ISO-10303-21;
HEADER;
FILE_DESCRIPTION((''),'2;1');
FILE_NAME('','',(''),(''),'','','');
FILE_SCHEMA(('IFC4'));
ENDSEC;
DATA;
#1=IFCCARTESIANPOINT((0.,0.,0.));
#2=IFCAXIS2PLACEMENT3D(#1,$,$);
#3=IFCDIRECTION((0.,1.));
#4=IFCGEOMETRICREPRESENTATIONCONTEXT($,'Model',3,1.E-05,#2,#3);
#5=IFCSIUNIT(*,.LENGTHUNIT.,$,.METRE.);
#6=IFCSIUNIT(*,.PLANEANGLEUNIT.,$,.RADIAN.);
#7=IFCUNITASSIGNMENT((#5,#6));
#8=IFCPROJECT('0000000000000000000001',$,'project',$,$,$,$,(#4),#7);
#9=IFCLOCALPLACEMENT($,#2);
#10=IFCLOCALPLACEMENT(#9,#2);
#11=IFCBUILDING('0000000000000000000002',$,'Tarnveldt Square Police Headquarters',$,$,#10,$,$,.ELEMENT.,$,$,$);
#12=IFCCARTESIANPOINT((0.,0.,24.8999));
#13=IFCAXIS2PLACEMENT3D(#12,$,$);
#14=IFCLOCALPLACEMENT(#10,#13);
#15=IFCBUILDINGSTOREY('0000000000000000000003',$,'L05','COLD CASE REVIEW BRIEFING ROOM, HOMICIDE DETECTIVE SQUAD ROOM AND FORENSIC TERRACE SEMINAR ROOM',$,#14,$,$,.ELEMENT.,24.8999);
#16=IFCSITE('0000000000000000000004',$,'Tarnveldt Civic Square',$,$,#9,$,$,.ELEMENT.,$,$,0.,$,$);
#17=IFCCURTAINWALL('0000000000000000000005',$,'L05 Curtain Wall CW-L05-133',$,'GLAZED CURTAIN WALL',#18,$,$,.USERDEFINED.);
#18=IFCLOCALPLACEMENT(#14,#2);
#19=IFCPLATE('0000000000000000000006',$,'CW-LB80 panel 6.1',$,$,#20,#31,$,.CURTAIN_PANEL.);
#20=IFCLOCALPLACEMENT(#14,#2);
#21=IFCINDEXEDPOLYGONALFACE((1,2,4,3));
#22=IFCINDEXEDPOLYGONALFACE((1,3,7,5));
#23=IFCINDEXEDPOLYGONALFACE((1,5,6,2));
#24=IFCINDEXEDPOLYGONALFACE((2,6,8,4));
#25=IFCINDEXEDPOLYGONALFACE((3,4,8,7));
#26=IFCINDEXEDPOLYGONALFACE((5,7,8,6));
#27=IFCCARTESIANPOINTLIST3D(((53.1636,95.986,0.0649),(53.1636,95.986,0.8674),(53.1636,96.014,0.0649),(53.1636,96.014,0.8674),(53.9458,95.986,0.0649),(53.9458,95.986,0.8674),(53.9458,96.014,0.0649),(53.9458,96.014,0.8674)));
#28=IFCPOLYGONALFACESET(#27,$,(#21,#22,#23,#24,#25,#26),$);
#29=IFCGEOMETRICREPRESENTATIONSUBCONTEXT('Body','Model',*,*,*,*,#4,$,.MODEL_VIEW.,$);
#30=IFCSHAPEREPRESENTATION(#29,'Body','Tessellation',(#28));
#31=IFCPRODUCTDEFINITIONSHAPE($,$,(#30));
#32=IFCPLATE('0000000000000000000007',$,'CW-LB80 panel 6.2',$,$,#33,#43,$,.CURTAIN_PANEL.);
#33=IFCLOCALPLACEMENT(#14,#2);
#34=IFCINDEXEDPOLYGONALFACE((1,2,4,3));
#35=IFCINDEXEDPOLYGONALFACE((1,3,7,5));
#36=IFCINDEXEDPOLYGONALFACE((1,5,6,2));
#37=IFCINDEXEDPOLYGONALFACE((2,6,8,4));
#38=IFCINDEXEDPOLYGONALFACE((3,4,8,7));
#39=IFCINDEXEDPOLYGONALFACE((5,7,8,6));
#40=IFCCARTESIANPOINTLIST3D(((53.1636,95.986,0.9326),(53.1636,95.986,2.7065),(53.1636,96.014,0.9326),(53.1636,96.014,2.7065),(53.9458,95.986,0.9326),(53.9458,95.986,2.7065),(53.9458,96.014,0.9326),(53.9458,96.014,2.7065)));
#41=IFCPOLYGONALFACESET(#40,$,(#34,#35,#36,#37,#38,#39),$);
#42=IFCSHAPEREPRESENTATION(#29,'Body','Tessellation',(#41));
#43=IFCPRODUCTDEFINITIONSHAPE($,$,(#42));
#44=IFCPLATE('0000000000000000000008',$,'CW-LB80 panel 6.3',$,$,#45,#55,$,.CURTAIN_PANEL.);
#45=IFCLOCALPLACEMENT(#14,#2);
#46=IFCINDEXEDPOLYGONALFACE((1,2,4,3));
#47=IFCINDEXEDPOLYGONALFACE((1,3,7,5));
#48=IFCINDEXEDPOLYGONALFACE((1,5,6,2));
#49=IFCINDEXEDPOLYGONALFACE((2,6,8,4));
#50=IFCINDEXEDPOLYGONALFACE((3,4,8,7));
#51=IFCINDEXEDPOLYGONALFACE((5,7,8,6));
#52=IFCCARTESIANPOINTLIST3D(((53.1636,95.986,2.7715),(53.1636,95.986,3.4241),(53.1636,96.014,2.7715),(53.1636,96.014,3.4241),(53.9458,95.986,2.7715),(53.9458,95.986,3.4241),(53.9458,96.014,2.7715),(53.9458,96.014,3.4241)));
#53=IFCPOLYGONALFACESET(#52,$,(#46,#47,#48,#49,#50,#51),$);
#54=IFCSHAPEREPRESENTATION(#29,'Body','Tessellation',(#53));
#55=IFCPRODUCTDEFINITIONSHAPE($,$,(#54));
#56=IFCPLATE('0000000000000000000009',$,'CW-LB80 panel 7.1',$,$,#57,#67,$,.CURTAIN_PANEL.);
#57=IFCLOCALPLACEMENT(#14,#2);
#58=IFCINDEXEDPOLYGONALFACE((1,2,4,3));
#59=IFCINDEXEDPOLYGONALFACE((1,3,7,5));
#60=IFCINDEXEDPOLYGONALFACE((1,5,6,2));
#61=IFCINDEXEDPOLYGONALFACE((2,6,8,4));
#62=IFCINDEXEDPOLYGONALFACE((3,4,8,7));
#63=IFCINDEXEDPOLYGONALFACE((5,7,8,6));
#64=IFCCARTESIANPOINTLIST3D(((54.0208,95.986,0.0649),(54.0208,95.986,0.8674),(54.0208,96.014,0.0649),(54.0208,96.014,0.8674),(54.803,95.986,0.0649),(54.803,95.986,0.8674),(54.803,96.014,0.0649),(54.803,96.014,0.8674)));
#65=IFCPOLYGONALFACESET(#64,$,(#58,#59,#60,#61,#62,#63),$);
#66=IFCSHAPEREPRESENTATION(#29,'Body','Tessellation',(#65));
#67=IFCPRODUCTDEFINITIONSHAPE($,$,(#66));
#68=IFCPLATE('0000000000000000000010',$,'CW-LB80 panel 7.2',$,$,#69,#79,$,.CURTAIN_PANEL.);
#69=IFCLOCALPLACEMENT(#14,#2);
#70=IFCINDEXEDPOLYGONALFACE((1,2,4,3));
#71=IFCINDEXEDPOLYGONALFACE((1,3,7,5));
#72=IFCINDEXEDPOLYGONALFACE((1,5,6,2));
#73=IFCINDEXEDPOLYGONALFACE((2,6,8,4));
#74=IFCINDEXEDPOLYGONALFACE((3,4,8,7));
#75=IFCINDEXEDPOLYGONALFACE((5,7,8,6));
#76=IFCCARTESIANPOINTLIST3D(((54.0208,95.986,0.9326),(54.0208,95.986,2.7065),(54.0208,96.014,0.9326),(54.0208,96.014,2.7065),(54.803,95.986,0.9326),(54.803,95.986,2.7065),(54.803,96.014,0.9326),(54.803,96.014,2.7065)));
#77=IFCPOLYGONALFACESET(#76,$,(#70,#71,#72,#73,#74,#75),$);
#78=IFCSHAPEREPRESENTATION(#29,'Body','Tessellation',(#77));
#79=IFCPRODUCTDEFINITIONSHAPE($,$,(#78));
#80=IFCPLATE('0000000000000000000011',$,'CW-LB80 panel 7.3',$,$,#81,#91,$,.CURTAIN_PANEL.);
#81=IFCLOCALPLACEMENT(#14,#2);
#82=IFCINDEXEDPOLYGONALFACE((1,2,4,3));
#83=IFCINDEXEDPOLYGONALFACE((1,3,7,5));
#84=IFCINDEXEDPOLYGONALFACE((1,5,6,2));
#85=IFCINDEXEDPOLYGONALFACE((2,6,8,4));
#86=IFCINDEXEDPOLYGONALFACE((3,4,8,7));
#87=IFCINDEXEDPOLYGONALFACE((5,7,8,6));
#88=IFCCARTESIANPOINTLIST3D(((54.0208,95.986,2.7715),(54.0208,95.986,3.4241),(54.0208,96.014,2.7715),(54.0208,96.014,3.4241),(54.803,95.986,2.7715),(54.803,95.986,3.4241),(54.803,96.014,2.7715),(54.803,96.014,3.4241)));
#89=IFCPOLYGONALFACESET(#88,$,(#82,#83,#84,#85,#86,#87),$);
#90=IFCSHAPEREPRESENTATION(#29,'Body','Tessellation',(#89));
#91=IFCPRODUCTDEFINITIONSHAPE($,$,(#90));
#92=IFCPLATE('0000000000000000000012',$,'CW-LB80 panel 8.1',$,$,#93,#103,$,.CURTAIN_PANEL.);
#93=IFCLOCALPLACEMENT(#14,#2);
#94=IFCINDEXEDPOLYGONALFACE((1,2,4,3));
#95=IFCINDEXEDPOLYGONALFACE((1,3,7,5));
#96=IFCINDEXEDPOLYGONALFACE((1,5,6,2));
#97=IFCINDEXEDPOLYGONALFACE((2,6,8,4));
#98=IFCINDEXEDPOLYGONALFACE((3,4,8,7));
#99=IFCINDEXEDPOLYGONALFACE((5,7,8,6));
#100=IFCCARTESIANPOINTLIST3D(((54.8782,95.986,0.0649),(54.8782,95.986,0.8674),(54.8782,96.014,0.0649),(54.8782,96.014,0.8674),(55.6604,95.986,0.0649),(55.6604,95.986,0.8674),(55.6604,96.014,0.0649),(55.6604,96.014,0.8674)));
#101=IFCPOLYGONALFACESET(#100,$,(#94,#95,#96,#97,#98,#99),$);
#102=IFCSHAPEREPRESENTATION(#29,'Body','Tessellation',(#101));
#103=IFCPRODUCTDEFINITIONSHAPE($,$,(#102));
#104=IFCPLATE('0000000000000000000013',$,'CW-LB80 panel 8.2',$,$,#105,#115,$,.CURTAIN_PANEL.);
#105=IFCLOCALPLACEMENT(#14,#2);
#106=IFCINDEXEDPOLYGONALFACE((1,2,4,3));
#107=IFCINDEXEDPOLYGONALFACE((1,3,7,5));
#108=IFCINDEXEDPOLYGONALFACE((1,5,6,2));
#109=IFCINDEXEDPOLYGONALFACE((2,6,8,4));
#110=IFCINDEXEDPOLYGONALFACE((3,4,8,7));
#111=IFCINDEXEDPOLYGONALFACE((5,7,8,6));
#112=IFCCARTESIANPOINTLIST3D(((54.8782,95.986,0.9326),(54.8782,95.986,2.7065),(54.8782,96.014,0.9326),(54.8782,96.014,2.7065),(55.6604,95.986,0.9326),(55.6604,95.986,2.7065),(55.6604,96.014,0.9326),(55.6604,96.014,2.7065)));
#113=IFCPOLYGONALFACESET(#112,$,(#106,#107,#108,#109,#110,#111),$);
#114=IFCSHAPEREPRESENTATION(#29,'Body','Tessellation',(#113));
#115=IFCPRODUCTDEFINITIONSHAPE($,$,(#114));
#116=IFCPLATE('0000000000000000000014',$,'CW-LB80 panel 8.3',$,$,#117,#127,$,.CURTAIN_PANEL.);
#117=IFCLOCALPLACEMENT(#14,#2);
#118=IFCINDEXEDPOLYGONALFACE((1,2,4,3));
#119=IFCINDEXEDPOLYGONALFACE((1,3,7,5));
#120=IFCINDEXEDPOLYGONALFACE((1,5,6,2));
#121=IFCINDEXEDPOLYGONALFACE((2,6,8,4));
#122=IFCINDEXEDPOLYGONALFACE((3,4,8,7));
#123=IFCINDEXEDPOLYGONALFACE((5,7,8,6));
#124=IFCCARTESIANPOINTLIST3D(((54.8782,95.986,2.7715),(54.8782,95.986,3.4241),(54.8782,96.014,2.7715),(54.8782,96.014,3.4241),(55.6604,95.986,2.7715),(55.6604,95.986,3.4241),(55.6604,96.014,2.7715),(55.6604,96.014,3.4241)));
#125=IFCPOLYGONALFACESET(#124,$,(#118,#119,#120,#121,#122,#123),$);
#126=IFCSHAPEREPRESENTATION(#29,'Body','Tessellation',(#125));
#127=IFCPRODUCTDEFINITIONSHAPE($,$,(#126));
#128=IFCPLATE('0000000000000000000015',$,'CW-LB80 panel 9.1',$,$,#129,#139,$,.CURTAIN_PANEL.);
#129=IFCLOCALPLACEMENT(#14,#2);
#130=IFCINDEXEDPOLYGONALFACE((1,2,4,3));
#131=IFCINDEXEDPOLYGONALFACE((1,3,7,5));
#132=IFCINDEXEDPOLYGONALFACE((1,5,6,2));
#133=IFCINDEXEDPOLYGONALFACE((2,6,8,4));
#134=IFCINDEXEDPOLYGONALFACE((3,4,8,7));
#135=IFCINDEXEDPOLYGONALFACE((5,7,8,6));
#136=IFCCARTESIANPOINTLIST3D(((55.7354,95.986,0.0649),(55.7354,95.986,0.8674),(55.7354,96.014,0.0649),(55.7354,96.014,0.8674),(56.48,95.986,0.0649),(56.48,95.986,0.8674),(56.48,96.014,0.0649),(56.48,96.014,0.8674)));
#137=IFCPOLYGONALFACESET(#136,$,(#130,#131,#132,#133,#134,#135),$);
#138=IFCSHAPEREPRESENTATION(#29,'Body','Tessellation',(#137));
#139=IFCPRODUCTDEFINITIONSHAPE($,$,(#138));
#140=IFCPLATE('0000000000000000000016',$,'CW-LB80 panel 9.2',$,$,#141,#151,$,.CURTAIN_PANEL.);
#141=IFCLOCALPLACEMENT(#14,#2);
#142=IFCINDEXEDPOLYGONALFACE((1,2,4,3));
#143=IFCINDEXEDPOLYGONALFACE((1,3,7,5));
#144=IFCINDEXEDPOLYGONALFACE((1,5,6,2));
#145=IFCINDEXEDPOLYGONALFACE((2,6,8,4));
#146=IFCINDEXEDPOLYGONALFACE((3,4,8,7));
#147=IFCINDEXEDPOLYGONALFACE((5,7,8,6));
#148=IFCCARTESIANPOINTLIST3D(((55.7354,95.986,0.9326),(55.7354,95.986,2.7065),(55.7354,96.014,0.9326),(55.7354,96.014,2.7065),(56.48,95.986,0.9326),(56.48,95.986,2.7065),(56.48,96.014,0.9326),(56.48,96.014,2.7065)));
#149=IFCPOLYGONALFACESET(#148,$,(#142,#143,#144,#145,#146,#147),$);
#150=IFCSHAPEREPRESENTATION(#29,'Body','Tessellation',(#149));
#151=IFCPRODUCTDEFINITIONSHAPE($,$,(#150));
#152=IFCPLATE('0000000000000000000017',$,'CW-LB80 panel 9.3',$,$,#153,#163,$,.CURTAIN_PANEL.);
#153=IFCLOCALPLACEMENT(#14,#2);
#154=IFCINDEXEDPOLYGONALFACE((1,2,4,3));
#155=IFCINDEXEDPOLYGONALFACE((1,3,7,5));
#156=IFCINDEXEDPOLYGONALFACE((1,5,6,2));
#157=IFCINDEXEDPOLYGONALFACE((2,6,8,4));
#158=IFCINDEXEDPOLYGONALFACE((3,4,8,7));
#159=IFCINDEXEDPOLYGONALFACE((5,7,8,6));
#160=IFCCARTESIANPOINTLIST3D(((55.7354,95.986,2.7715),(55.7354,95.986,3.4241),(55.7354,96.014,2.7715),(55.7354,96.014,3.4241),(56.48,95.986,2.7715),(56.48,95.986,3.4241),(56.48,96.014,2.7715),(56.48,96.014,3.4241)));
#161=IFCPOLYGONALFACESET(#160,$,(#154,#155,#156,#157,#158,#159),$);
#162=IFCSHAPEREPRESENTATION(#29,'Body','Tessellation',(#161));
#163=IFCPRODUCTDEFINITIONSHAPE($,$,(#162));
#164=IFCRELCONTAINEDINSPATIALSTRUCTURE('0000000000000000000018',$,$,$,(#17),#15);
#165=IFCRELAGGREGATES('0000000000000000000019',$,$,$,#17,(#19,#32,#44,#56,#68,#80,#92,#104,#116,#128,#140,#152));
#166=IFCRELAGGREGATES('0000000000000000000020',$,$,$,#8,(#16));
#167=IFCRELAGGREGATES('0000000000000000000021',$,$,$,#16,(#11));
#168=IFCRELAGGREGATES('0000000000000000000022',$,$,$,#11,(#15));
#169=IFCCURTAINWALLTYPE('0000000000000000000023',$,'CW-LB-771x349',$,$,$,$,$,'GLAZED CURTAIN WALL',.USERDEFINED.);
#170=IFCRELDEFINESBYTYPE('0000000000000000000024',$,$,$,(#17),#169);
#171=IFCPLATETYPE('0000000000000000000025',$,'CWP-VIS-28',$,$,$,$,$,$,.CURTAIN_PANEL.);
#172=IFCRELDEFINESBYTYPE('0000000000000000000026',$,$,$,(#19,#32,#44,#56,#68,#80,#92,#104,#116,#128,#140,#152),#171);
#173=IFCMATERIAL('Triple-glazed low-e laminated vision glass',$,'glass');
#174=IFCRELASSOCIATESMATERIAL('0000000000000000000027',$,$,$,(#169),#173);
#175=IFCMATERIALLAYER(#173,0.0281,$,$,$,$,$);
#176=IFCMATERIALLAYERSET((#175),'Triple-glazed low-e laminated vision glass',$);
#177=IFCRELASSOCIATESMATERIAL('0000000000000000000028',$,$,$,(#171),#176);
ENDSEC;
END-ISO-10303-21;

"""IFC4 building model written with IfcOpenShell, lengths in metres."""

from ifc_helpers import new_model, si_unit, direction, frame, origin, origin_2d, place, context, subcontext, project, spatial, rectangle, extrude, material, layer, layer_set, type_object, element, aggregate, save


model = new_model("IFC4")

# Units and contexts
model_context = context("Model", 3, precision=1e-05, world=origin(), true_north=direction((0.0, 1.0)))
body_context = subcontext(model_context, "Body", "Model", "MODEL_VIEW")
ifc_project = project(units=[si_unit("LENGTHUNIT", "METRE"), si_unit("PLANEANGLEUNIT", "RADIAN")], contexts=[model_context])

# Site, building, storey
site_placement = place(None, origin())
site = spatial("IfcSite", under=ifc_project, at=site_placement, Name="Tarnveldt Civic Square", CompositionType="ELEMENT", RefElevation=0.0)
building_placement = place(site_placement, origin())
building = spatial("IfcBuilding", under=site, at=building_placement, Name="Tarnveldt Square Police Headquarters", CompositionType="ELEMENT")
storey_placement = place(building_placement, frame((0.0, 0.0, 24.8999)))
storey = spatial("IfcBuildingStorey", under=building, at=storey_placement, Name="L05", Description="COLD CASE REVIEW BRIEFING ROOM, HOMICIDE DETECTIVE SQUAD ROOM AND FORENSIC TERRACE SEMINAR ROOM", CompositionType="ELEMENT", Elevation=24.8999)

# Curtain wall, plates
ifc_material_1 = material(Name="Triple-glazed low-e laminated vision glass", Category="glass")
curtain_wall_type = type_object("IfcCurtainWallType", Name="CW-LB-771x349", ElementType="GLAZED CURTAIN WALL", PredefinedType="USERDEFINED", material=ifc_material_1)
curtain_wall_placement = place(storey_placement, origin())
curtain_wall = element("IfcCurtainWall", 1, at=curtain_wall_placement, inside=storey, type_object=curtain_wall_type, Name="L05 Curtain Wall CW-L05-133", ObjectType="GLAZED CURTAIN WALL", PredefinedType="USERDEFINED")
ifc_layer = layer(ifc_material_1, 0.0281)
ifc_layer_set = layer_set([ifc_layer], Name="Triple-glazed low-e laminated vision glass")
plate_type = type_object("IfcPlateType", Name="CWP-VIS-28", PredefinedType="CURTAIN_PANEL", material=ifc_layer_set)
plate_1_placement = place(storey_placement, frame((53.5547, 96.0, 0.0649), z_axis=(0.0, 0.0, 1.0), x_axis=(1.0, 0.0, 0.0)))
plate_1 = element("IfcPlate", 2, at=plate_1_placement, type_object=plate_type, Name="CW-LB80 panel 6.1", PredefinedType="CURTAIN_PANEL", context=body_context, shape_type="SweptSolid", body=[
    extrude(rectangle(XDim=0.7822, YDim=0.0281, at=origin_2d()), origin(), (0.0, 0.0, 1.0), 0.8025),
])
plate_2_placement = place(storey_placement, frame((53.5547, 96.0, 0.9326), z_axis=(0.0, 0.0, 1.0), x_axis=(1.0, 0.0, 0.0)))
plate_2 = element("IfcPlate", 3, at=plate_2_placement, type_object=plate_type, Name="CW-LB80 panel 6.2", PredefinedType="CURTAIN_PANEL", context=body_context, shape_type="SweptSolid", body=[
    extrude(rectangle(XDim=0.7822, YDim=0.0281, at=origin_2d()), origin(), (0.0, 0.0, 1.0), 1.7739),
])
plate_3_placement = place(storey_placement, frame((53.5547, 96.0, 2.7715), z_axis=(0.0, 0.0, 1.0), x_axis=(1.0, 0.0, 0.0)))
plate_3 = element("IfcPlate", 4, at=plate_3_placement, type_object=plate_type, Name="CW-LB80 panel 6.3", PredefinedType="CURTAIN_PANEL", context=body_context, shape_type="SweptSolid", body=[
    extrude(rectangle(XDim=0.7822, YDim=0.0281, at=origin_2d()), origin(), (0.0, 0.0, 1.0), 0.6526),
])
plate_4_placement = place(storey_placement, frame((54.4119, 96.0, 0.0649), z_axis=(0.0, 0.0, 1.0), x_axis=(1.0, 0.0, 0.0)))
plate_4 = element("IfcPlate", 5, at=plate_4_placement, type_object=plate_type, Name="CW-LB80 panel 7.1", PredefinedType="CURTAIN_PANEL", context=body_context, shape_type="SweptSolid", body=[
    extrude(rectangle(XDim=0.7822, YDim=0.0281, at=origin_2d()), origin(), (0.0, 0.0, 1.0), 0.8025),
])
plate_5_placement = place(storey_placement, frame((54.4119, 96.0, 0.9326), z_axis=(0.0, 0.0, 1.0), x_axis=(1.0, 0.0, 0.0)))
plate_5 = element("IfcPlate", 6, at=plate_5_placement, type_object=plate_type, Name="CW-LB80 panel 7.2", PredefinedType="CURTAIN_PANEL", context=body_context, shape_type="SweptSolid", body=[
    extrude(rectangle(XDim=0.7822, YDim=0.0281, at=origin_2d()), origin(), (0.0, 0.0, 1.0), 1.7739),
])
plate_6_placement = place(storey_placement, frame((54.4119, 96.0, 2.7715), z_axis=(0.0, 0.0, 1.0), x_axis=(1.0, 0.0, 0.0)))
plate_6 = element("IfcPlate", 7, at=plate_6_placement, type_object=plate_type, Name="CW-LB80 panel 7.3", PredefinedType="CURTAIN_PANEL", context=body_context, shape_type="SweptSolid", body=[
    extrude(rectangle(XDim=0.7822, YDim=0.0281, at=origin_2d()), origin(), (0.0, 0.0, 1.0), 0.6526),
])
plate_7_placement = place(storey_placement, frame((55.2693, 96.0, 0.0649), z_axis=(0.0, 0.0, 1.0), x_axis=(1.0, 0.0, 0.0)))
plate_7 = element("IfcPlate", 8, at=plate_7_placement, type_object=plate_type, Name="CW-LB80 panel 8.1", PredefinedType="CURTAIN_PANEL", context=body_context, shape_type="SweptSolid", body=[
    extrude(rectangle(XDim=0.7822, YDim=0.0281, at=origin_2d()), origin(), (0.0, 0.0, 1.0), 0.8025),
])
plate_8_placement = place(storey_placement, frame((55.2693, 96.0, 0.9326), z_axis=(0.0, 0.0, 1.0), x_axis=(1.0, 0.0, 0.0)))
plate_8 = element("IfcPlate", 9, at=plate_8_placement, type_object=plate_type, Name="CW-LB80 panel 8.2", PredefinedType="CURTAIN_PANEL", context=body_context, shape_type="SweptSolid", body=[
    extrude(rectangle(XDim=0.7822, YDim=0.0281, at=origin_2d()), origin(), (0.0, 0.0, 1.0), 1.7739),
])
plate_9_placement = place(storey_placement, frame((55.2693, 96.0, 2.7715), z_axis=(0.0, 0.0, 1.0), x_axis=(1.0, 0.0, 0.0)))
plate_9 = element("IfcPlate", 10, at=plate_9_placement, type_object=plate_type, Name="CW-LB80 panel 8.3", PredefinedType="CURTAIN_PANEL", context=body_context, shape_type="SweptSolid", body=[
    extrude(rectangle(XDim=0.7822, YDim=0.0281, at=origin_2d()), origin(), (0.0, 0.0, 1.0), 0.6526),
])
plate_10_placement = place(storey_placement, frame((56.1077, 96.0, 0.0649), z_axis=(0.0, 0.0, 1.0), x_axis=(1.0, 0.0, 0.0)))
plate_10 = element("IfcPlate", 11, at=plate_10_placement, type_object=plate_type, Name="CW-LB80 panel 9.1", PredefinedType="CURTAIN_PANEL", context=body_context, shape_type="SweptSolid", body=[
    extrude(rectangle(XDim=0.7446, YDim=0.0281, at=origin_2d()), origin(), (0.0, 0.0, 1.0), 0.8025),
])
plate_11_placement = place(storey_placement, frame((56.1077, 96.0, 0.9326), z_axis=(0.0, 0.0, 1.0), x_axis=(1.0, 0.0, 0.0)))
plate_11 = element("IfcPlate", 12, at=plate_11_placement, type_object=plate_type, Name="CW-LB80 panel 9.2", PredefinedType="CURTAIN_PANEL", context=body_context, shape_type="SweptSolid", body=[
    extrude(rectangle(XDim=0.7446, YDim=0.0281, at=origin_2d()), origin(), (0.0, 0.0, 1.0), 1.7739),
])
plate_12_placement = place(storey_placement, frame((56.1077, 96.0, 2.7715), z_axis=(0.0, 0.0, 1.0), x_axis=(1.0, 0.0, 0.0)))
plate_12 = element("IfcPlate", 13, at=plate_12_placement, type_object=plate_type, Name="CW-LB80 panel 9.3", PredefinedType="CURTAIN_PANEL", context=body_context, shape_type="SweptSolid", body=[
    extrude(rectangle(XDim=0.7446, YDim=0.0281, at=origin_2d()), origin(), (0.0, 0.0, 1.0), 0.6526),
])
aggregate(curtain_wall, [plate_1, plate_2, plate_3, plate_4, plate_5, plate_6, plate_7, plate_8, plate_9, plate_10, plate_11, plate_12])

save(model, "model.ifc")
